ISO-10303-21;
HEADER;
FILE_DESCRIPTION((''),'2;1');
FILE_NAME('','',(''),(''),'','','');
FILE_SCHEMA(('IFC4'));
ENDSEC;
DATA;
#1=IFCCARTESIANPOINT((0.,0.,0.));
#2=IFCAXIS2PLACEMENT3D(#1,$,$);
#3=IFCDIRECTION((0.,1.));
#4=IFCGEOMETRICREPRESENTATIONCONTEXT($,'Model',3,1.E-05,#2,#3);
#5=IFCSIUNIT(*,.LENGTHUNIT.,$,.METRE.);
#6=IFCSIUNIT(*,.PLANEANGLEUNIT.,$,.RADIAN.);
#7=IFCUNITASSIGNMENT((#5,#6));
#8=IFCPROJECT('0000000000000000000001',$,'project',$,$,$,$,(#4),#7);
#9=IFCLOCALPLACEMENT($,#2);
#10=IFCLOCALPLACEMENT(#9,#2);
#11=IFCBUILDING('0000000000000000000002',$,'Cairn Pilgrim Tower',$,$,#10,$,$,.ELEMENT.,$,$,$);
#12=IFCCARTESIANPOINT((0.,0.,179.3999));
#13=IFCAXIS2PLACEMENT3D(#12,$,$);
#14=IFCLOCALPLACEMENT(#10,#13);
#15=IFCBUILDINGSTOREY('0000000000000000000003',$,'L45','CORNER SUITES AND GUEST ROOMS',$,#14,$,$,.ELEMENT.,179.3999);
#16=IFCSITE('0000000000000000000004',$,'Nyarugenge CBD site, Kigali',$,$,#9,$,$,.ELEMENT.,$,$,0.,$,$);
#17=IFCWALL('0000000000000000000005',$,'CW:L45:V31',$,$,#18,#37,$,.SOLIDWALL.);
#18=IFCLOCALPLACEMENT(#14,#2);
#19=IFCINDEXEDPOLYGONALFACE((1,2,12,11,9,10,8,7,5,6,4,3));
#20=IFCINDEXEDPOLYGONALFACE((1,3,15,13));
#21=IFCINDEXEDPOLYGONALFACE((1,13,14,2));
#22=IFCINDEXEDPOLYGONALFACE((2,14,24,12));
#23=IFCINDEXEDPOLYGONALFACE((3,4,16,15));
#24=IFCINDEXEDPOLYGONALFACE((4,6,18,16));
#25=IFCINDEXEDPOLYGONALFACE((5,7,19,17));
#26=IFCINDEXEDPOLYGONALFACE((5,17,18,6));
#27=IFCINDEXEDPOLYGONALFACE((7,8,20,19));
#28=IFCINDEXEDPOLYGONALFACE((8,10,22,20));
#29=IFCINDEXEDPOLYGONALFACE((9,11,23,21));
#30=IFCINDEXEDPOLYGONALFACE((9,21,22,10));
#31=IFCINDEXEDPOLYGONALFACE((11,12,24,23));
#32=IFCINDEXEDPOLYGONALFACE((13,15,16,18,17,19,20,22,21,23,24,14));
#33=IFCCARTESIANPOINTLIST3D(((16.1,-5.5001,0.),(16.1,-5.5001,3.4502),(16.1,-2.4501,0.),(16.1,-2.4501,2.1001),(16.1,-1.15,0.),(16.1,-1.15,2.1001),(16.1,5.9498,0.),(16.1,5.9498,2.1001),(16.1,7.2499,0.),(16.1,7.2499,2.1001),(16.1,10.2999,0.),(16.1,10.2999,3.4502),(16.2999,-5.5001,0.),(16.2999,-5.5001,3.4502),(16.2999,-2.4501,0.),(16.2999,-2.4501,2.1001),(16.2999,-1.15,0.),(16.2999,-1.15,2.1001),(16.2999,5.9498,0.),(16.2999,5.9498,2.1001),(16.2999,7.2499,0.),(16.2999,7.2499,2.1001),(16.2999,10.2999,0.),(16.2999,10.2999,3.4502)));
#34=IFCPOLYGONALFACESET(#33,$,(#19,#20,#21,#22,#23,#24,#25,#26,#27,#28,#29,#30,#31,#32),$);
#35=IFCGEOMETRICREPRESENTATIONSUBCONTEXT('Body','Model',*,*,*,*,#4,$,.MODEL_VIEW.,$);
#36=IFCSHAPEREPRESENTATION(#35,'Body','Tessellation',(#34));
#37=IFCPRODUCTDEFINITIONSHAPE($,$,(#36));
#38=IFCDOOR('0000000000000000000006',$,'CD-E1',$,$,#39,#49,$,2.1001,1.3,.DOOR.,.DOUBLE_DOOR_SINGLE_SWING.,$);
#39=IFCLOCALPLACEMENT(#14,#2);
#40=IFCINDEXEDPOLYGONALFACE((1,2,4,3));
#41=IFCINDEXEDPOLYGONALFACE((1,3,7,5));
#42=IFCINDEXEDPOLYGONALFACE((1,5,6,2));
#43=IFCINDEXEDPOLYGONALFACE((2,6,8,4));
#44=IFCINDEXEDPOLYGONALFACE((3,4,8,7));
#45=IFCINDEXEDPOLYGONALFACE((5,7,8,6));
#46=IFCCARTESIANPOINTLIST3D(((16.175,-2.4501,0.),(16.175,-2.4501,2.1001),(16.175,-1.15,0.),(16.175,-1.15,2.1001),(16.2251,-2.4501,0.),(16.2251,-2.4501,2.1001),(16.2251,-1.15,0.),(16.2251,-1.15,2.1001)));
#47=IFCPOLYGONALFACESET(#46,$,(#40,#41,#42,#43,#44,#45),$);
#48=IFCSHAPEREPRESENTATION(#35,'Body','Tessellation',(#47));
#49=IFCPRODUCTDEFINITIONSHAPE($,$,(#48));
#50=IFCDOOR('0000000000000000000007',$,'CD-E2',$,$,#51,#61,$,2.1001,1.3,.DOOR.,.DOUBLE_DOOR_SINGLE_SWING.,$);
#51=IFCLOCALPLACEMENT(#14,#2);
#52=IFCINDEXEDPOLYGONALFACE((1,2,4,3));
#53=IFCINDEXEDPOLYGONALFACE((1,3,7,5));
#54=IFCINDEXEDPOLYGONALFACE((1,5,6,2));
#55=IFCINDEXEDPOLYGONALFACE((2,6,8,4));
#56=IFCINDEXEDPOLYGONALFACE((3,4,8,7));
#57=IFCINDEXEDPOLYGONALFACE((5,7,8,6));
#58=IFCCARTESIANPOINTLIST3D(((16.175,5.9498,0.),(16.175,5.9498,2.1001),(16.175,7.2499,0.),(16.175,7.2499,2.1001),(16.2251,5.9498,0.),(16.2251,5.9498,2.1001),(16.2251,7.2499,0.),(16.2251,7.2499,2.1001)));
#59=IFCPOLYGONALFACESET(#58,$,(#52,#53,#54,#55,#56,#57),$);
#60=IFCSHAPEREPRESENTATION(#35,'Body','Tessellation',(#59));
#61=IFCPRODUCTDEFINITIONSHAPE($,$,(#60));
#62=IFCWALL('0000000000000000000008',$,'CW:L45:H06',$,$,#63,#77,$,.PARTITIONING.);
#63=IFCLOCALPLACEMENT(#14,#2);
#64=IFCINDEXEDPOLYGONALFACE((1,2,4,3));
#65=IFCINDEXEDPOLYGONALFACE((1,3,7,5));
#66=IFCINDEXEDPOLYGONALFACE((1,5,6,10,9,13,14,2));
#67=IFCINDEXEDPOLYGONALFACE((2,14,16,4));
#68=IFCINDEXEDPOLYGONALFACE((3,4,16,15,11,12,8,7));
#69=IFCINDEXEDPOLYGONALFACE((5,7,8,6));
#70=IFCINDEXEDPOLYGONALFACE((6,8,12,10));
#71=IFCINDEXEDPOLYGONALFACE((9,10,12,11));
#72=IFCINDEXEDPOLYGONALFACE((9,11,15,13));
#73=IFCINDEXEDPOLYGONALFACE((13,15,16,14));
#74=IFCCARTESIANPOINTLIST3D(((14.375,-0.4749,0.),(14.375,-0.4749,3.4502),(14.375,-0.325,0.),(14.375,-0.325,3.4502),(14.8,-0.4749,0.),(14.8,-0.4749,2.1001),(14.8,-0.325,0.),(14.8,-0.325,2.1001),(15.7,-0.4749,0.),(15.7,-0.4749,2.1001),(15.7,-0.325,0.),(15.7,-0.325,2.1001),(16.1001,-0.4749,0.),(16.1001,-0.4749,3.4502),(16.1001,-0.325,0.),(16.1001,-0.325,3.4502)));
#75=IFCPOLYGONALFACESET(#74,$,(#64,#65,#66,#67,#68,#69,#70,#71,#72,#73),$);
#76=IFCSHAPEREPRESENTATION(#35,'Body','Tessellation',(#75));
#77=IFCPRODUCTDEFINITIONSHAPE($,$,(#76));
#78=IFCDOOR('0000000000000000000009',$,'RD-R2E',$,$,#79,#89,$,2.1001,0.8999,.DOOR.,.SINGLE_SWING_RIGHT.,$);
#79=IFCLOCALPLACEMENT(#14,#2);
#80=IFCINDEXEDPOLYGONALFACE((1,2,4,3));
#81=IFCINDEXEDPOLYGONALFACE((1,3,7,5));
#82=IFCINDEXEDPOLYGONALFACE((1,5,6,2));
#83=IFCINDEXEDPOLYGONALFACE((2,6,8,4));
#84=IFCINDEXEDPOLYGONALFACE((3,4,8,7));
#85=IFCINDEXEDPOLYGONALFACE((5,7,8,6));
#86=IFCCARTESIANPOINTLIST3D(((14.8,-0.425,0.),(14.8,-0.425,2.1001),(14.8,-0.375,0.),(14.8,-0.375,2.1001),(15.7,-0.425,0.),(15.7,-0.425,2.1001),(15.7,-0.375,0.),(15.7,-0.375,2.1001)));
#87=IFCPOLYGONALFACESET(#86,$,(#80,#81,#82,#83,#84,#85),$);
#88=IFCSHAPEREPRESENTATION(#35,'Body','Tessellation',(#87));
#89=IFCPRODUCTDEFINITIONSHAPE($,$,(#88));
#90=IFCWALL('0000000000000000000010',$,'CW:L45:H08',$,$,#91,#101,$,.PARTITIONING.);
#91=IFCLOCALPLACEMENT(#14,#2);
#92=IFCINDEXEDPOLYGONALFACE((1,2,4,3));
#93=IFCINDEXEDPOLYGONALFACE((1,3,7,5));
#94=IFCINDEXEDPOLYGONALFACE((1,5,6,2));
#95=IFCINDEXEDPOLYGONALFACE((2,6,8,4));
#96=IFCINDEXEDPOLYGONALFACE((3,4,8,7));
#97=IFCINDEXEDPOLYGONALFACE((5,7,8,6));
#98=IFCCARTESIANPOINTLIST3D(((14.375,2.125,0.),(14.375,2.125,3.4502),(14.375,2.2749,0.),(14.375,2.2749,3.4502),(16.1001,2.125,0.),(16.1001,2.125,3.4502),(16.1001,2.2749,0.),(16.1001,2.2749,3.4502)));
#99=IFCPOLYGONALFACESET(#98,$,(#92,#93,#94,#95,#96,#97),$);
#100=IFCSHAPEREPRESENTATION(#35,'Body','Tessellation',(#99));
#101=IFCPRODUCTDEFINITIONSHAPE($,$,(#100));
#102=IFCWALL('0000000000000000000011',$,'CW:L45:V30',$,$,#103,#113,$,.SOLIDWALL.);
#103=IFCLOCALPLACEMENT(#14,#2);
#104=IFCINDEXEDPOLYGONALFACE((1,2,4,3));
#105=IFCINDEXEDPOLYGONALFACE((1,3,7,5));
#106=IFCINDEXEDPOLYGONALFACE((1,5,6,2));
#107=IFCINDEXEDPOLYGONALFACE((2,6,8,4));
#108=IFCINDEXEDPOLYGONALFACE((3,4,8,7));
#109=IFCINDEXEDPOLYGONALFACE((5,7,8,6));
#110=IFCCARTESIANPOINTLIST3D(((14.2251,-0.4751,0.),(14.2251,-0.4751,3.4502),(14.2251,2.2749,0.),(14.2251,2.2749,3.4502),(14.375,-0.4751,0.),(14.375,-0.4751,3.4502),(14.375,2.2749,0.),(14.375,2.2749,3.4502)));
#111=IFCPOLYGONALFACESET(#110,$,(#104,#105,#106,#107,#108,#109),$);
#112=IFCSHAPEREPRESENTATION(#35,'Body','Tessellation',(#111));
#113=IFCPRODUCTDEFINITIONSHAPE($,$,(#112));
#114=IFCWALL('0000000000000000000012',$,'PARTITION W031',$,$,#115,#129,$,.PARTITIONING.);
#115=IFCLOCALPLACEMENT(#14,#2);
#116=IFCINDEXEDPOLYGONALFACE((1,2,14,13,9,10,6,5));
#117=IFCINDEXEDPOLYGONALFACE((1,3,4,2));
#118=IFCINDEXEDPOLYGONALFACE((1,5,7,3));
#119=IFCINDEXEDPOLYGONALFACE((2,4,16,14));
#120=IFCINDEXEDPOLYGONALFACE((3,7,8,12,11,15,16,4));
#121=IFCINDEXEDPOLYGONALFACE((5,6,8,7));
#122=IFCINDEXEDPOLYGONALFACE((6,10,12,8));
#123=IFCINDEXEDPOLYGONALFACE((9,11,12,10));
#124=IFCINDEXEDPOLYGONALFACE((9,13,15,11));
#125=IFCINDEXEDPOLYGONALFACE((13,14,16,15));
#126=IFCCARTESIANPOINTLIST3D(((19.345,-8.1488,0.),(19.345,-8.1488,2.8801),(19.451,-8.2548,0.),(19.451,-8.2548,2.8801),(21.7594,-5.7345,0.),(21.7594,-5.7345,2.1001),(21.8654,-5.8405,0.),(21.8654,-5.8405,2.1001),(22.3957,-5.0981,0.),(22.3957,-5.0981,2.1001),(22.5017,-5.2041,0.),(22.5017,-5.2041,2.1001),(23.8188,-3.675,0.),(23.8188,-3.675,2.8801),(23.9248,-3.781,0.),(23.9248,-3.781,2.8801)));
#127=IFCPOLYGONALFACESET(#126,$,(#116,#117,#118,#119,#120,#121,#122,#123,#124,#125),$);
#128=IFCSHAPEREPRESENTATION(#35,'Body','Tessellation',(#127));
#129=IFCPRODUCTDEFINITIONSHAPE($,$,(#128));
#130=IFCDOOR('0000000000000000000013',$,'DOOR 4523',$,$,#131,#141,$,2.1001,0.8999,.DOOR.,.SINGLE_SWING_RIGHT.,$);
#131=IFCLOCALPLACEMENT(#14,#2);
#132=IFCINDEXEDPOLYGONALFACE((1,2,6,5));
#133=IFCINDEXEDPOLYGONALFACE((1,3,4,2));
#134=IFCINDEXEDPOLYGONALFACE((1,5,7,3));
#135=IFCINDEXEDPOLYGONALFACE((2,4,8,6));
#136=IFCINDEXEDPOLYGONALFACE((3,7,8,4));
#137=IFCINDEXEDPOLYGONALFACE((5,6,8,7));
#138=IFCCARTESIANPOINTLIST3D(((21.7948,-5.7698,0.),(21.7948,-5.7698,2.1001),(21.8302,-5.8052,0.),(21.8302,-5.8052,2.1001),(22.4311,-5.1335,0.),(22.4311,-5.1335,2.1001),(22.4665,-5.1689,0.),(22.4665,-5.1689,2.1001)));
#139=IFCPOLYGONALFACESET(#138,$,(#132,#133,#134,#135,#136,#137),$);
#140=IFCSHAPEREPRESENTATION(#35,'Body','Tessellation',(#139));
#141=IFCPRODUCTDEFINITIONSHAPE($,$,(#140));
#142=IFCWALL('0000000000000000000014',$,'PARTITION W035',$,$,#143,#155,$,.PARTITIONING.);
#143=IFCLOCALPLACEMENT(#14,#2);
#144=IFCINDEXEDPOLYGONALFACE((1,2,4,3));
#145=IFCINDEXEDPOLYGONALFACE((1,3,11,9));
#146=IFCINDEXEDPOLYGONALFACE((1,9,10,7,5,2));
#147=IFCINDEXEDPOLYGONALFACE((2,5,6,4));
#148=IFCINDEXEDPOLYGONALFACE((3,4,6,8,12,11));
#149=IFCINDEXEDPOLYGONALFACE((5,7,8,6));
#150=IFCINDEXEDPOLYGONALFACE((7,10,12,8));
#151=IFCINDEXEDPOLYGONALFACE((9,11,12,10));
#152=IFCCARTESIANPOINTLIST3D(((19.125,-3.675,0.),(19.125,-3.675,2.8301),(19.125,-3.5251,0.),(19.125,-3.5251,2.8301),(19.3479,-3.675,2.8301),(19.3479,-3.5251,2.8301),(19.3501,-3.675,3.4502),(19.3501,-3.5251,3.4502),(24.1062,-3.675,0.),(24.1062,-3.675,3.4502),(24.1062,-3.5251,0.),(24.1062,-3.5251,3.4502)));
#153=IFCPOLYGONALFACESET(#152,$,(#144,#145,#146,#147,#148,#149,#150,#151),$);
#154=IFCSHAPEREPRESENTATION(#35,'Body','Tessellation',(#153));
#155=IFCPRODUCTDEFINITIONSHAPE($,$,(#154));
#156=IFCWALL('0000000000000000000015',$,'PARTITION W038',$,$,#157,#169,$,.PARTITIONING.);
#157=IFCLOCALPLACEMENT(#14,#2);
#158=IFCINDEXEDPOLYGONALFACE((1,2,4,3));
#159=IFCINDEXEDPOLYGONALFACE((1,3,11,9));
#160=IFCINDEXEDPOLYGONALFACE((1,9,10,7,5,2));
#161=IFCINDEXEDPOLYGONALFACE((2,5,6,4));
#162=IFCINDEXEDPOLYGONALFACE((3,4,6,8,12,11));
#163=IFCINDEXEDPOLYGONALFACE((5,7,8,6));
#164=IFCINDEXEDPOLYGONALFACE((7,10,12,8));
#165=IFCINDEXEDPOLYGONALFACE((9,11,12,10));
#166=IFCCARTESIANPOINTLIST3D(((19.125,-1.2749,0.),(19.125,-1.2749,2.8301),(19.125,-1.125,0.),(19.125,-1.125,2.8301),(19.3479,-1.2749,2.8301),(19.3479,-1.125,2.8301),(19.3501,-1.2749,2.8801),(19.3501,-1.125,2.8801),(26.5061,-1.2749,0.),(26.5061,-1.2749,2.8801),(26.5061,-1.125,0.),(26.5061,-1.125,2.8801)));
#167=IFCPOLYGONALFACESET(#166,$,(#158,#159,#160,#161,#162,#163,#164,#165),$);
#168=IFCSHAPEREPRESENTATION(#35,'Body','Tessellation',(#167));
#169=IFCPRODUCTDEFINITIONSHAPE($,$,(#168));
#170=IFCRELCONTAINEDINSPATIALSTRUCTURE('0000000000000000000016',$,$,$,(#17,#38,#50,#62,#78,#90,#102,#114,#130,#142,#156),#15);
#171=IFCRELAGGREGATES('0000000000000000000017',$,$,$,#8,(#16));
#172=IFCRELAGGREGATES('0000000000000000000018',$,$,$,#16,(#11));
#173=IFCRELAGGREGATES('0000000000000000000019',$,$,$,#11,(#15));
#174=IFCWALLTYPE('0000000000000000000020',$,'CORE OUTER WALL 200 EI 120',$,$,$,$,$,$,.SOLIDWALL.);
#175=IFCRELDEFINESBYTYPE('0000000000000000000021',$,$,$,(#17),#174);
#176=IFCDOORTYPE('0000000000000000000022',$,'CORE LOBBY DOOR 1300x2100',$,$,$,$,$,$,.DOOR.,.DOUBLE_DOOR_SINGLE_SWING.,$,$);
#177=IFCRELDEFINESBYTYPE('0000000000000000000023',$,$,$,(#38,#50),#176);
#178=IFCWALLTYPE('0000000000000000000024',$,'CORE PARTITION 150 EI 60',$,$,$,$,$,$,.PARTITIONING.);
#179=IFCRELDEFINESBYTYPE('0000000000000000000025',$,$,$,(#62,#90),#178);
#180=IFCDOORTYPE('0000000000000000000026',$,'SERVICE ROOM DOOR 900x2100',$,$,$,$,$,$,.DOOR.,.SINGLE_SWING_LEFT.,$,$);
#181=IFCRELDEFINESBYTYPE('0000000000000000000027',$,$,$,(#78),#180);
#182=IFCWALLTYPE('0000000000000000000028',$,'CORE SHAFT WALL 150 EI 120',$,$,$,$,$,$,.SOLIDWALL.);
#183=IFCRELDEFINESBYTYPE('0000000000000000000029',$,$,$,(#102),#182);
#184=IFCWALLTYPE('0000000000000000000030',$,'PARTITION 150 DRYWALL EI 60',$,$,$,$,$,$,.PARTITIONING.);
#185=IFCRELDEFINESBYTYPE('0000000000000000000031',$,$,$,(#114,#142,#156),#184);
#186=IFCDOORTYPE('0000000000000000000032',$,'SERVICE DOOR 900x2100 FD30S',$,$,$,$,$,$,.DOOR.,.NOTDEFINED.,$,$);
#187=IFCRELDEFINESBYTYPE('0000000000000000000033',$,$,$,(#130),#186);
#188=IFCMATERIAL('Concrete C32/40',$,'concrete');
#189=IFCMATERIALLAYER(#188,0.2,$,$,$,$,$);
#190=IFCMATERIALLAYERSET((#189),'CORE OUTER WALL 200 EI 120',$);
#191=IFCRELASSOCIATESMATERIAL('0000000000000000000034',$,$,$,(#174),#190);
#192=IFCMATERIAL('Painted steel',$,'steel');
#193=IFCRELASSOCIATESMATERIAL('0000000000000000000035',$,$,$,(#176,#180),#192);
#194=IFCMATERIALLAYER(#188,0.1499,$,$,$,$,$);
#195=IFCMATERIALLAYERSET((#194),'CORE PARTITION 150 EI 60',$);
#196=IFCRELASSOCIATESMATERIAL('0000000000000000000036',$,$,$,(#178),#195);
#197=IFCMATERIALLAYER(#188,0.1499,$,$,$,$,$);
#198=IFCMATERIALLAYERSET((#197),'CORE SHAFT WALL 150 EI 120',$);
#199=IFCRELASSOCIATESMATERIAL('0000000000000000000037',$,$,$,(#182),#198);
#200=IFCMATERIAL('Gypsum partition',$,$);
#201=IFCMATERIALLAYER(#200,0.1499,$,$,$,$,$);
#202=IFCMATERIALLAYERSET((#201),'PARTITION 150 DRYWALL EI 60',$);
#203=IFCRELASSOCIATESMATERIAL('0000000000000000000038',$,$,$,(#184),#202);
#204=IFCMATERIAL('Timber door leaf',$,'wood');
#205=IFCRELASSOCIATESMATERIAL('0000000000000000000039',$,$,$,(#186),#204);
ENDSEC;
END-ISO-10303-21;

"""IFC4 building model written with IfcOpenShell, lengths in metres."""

from ifc_helpers import new_model, si_unit, direction, frame, frame_2d, origin, place, context, subcontext, project, spatial, polyline, rectangle, outline, extrude, material, layer, layer_set, type_object, element, fill, save


model = new_model("IFC4")

# Units and contexts
model_context = context("Model", 3, precision=1e-05, world=origin(), true_north=direction((0.0, 1.0)))
body_context = subcontext(model_context, "Body", "Model", "MODEL_VIEW")
ifc_project = project(units=[si_unit("LENGTHUNIT", "METRE"), si_unit("PLANEANGLEUNIT", "RADIAN")], contexts=[model_context])

# Site, building, storey
site_placement = place(None, origin())
site = spatial("IfcSite", under=ifc_project, at=site_placement, Name="Nyarugenge CBD site, Kigali", CompositionType="ELEMENT", RefElevation=0.0)
building_placement = place(site_placement, origin())
building = spatial("IfcBuilding", under=site, at=building_placement, Name="Cairn Pilgrim Tower", CompositionType="ELEMENT")
storey_placement = place(building_placement, frame((0.0, 0.0, 179.3999)))
storey = spatial("IfcBuildingStorey", under=building, at=storey_placement, Name="L45", Description="CORNER SUITES AND GUEST ROOMS", CompositionType="ELEMENT", Elevation=179.3999)

# Wall, openings, doors
ifc_material_1 = material(Name="Concrete C32/40", Category="concrete")
ifc_layer_1 = layer(ifc_material_1, 0.2)
ifc_layer_set_1 = layer_set([ifc_layer_1], Name="CORE OUTER WALL 200 EI 120")
wall_type_1 = type_object("IfcWallType", Name="CORE OUTER WALL 200 EI 120", PredefinedType="SOLIDWALL", material=ifc_layer_set_1)
wall_1_placement = place(storey_placement, frame((16.2, -5.5, 0.0), z_axis=(0.0, 0.0, 1.0), x_axis=(0.0, 1.0, 0.0)))
wall_1 = element("IfcWall", 1, at=wall_1_placement, inside=storey, type_object=wall_type_1, Name="CW:L45:V31", PredefinedType="SOLIDWALL", context=body_context, shape_type="SweptSolid", body=[
    extrude(rectangle(XDim=15.8, YDim=0.2, at=frame_2d((7.8999, 0.0))), origin(), (0.0, 0.0, 1.0), 3.4502),
])
opening_1_placement = place(wall_1_placement, frame((3.05, 0.0, 0.0)))
opening_1 = element("IfcOpeningElement", 2, at=opening_1_placement, cuts=wall_1, PredefinedType="OPENING", context=body_context, shape_type="SweptSolid", body=[
    extrude(rectangle(XDim=1.3, YDim=2.1001, at=frame_2d((0.6499, 1.05))), frame((0.0, 0.1099, 0.0), z_axis=(0.0, -1.0, 0.0), x_axis=(1.0, 0.0, 0.0)), (0.0, 0.0, 1.0), 0.22),
])
opening_2_placement = place(wall_1_placement, frame((11.45, 0.0, 0.0)))
opening_2 = element("IfcOpeningElement", 3, at=opening_2_placement, cuts=wall_1, PredefinedType="OPENING", context=body_context, shape_type="SweptSolid", body=[
    extrude(rectangle(XDim=1.3, YDim=2.1001, at=frame_2d((0.6499, 1.05))), frame((0.0, 0.1099, 0.0), z_axis=(0.0, -1.0, 0.0), x_axis=(1.0, 0.0, 0.0)), (0.0, 0.0, 1.0), 0.22),
])
ifc_material_2 = material(Name="Painted steel", Category="steel")
door_type_1 = type_object("IfcDoorType", Name="CORE LOBBY DOOR 1300x2100", OperationType="DOUBLE_DOOR_SINGLE_SWING", PredefinedType="DOOR", material=ifc_material_2)
door_1_placement = place(opening_1_placement, origin())
door_1 = element("IfcDoor", 4, at=door_1_placement, inside=storey, type_object=door_type_1, Name="CD-E1", OperationType="DOUBLE_DOOR_SINGLE_SWING", OverallHeight=2.1001, OverallWidth=1.3, PredefinedType="DOOR", context=body_context, shape_type="SweptSolid", body=[
    extrude(rectangle(XDim=1.3, YDim=2.1001, at=frame_2d((0.6499, 1.05))), frame((0.0, 0.0249, 0.0), z_axis=(0.0, -1.0, 0.0), x_axis=(1.0, 0.0, 0.0)), (0.0, 0.0, 1.0), 0.05),
])
fill(opening_1, door_1)
door_2_placement = place(opening_2_placement, origin())
door_2 = element("IfcDoor", 5, at=door_2_placement, inside=storey, type_object=door_type_1, Name="CD-E2", OperationType="DOUBLE_DOOR_SINGLE_SWING", OverallHeight=2.1001, OverallWidth=1.3, PredefinedType="DOOR", context=body_context, shape_type="SweptSolid", body=[
    extrude(rectangle(XDim=1.3, YDim=2.1001, at=frame_2d((0.6499, 1.05))), frame((0.0, 0.0249, 0.0), z_axis=(0.0, -1.0, 0.0), x_axis=(1.0, 0.0, 0.0)), (0.0, 0.0, 1.0), 0.05),
])
fill(opening_2, door_2)

# Wall, opening, door
ifc_layer_2 = layer(ifc_material_1, 0.1499)
ifc_layer_set_2 = layer_set([ifc_layer_2], Name="CORE PARTITION 150 EI 60")
wall_type_2 = type_object("IfcWallType", Name="CORE PARTITION 150 EI 60", PredefinedType="PARTITIONING", material=ifc_layer_set_2)
wall_2_placement = place(storey_placement, frame((14.375, -0.3999, 0.0), z_axis=(0.0, 0.0, 1.0), x_axis=(1.0, 0.0, 0.0)))
wall_2 = element("IfcWall", 6, at=wall_2_placement, inside=storey, type_object=wall_type_2, Name="CW:L45:H06", PredefinedType="PARTITIONING", context=body_context, shape_type="SweptSolid", body=[
    extrude(rectangle(XDim=1.7251, YDim=0.1499, at=frame_2d((0.8625, 0.0))), origin(), (0.0, 0.0, 1.0), 3.4502),
])
opening_3_placement = place(wall_2_placement, frame((0.425, 0.0, 0.0)))
opening_3 = element("IfcOpeningElement", 7, at=opening_3_placement, cuts=wall_2, PredefinedType="OPENING", context=body_context, shape_type="SweptSolid", body=[
    extrude(rectangle(XDim=0.8999, YDim=2.1001, at=frame_2d((0.45, 1.05))), frame((0.0, 0.085, 0.0), z_axis=(0.0, -1.0, 0.0), x_axis=(1.0, 0.0, 0.0)), (0.0, 0.0, 1.0), 0.1699),
])
door_type_2 = type_object("IfcDoorType", Name="SERVICE ROOM DOOR 900x2100", OperationType="SINGLE_SWING_LEFT", PredefinedType="DOOR", material=ifc_material_2)
door_3_placement = place(opening_3_placement, origin())
door_3 = element("IfcDoor", 8, at=door_3_placement, inside=storey, type_object=door_type_2, Name="RD-R2E", OperationType="SINGLE_SWING_RIGHT", OverallHeight=2.1001, OverallWidth=0.8999, PredefinedType="DOOR", context=body_context, shape_type="SweptSolid", body=[
    extrude(rectangle(XDim=0.8999, YDim=2.1001, at=frame_2d((0.45, 1.05))), frame((0.0, 0.0249, 0.0), z_axis=(0.0, -1.0, 0.0), x_axis=(1.0, 0.0, 0.0)), (0.0, 0.0, 1.0), 0.05),
])
fill(opening_3, door_3)

# Walls
wall_3_placement = place(storey_placement, frame((14.375, 2.2, 0.0), z_axis=(0.0, 0.0, 1.0), x_axis=(1.0, 0.0, 0.0)))
element("IfcWall", 9, at=wall_3_placement, inside=storey, type_object=wall_type_2, Name="CW:L45:H08", PredefinedType="PARTITIONING", context=body_context, shape_type="SweptSolid", body=[
    extrude(rectangle(XDim=1.7251, YDim=0.1499, at=frame_2d((0.8625, 0.0))), origin(), (0.0, 0.0, 1.0), 3.4502),
])
ifc_layer_3 = layer(ifc_material_1, 0.1499)
ifc_layer_set_3 = layer_set([ifc_layer_3], Name="CORE SHAFT WALL 150 EI 120")
wall_type_3 = type_object("IfcWallType", Name="CORE SHAFT WALL 150 EI 120", PredefinedType="SOLIDWALL", material=ifc_layer_set_3)
wall_4_placement = place(storey_placement, frame((14.3, -0.4751, 0.0), z_axis=(0.0, 0.0, 1.0), x_axis=(0.0, 1.0, 0.0)))
element("IfcWall", 10, at=wall_4_placement, inside=storey, type_object=wall_type_3, Name="CW:L45:V30", PredefinedType="SOLIDWALL", context=body_context, shape_type="SweptSolid", body=[
    extrude(rectangle(XDim=2.75, YDim=0.1499, at=frame_2d((1.375, 0.0))), origin(), (0.0, 0.0, 1.0), 3.4502),
])

# Wall, opening, door
ifc_material_3 = material(Name="Gypsum partition")
ifc_layer_4 = layer(ifc_material_3, 0.1499)
ifc_layer_set_4 = layer_set([ifc_layer_4], Name="PARTITION 150 DRYWALL EI 60")
wall_type_4 = type_object("IfcWallType", Name="PARTITION 150 DRYWALL EI 60", PredefinedType="PARTITIONING", material=ifc_layer_set_4)
wall_5_placement = place(storey_placement, frame((19.3979, -8.2019, 0.0), z_axis=(0.0, 0.0, 1.0), x_axis=(0.707107, 0.707107, 0.0)))
wall_5 = element("IfcWall", 11, at=wall_5_placement, inside=storey, type_object=wall_type_4, Name="PARTITION W031", PredefinedType="PARTITIONING", context=body_context, shape_type="SweptSolid", body=[
    extrude(rectangle(XDim=6.3269, YDim=0.1499, at=frame_2d((3.1636, 0.0))), origin(), (0.0, 0.0, 1.0), 2.8801),
])
opening_4_placement = place(wall_5_placement, frame((3.4146, 0.0, 0.0)))
opening_4 = element("IfcOpeningElement", 12, at=opening_4_placement, cuts=wall_5, PredefinedType="OPENING", context=body_context, shape_type="SweptSolid", body=[
    extrude(rectangle(XDim=0.8999, YDim=2.1001, at=frame_2d((0.45, 1.05))), frame((0.0, 0.085, 0.0), z_axis=(0.0, -1.0, 0.0), x_axis=(1.0, 0.0, 0.0)), (0.0, 0.0, 1.0), 0.1699),
])
ifc_material_4 = material(Name="Timber door leaf", Category="wood")
door_type_3 = type_object("IfcDoorType", Name="SERVICE DOOR 900x2100 FD30S", OperationType="NOTDEFINED", PredefinedType="DOOR", material=ifc_material_4)
door_4_placement = place(opening_4_placement, origin())
door_4 = element("IfcDoor", 13, at=door_4_placement, inside=storey, type_object=door_type_3, Name="DOOR 4523", OperationType="SINGLE_SWING_RIGHT", OverallHeight=2.1001, OverallWidth=0.8999, PredefinedType="DOOR", context=body_context, shape_type="SweptSolid", body=[
    extrude(rectangle(XDim=0.8999, YDim=2.1001, at=frame_2d((0.45, 1.05))), frame((0.0, 0.0249, 0.0), z_axis=(0.0, -1.0, 0.0), x_axis=(1.0, 0.0, 0.0)), (0.0, 0.0, 1.0), 0.05),
])
fill(opening_4, door_4)

# Walls
wall_6_placement = place(storey_placement, frame((19.125, -3.6001, 0.0), z_axis=(0.0, 0.0, 1.0), x_axis=(1.0, 0.0, 0.0)))
element("IfcWall", 14, at=wall_6_placement, inside=storey, type_object=wall_type_4, Name="PARTITION W035", PredefinedType="PARTITIONING", context=body_context, shape_type="SweptSolid", body=[
    extrude(outline(polyline([(0.0, 0.0), (4.9812, 0.0), (4.9812, 3.4502), (0.2251, 3.4502), (0.2229, 2.8301), (0.0, 2.8301), (0.0, 0.0)])), frame((0.0, 0.075, 0.0), z_axis=(0.0, -1.0, 0.0), x_axis=(1.0, 0.0, 0.0)), (0.0, 0.0, 1.0), 0.1499),
])
wall_7_placement = place(storey_placement, frame((19.125, -1.2, 0.0), z_axis=(0.0, 0.0, 1.0), x_axis=(1.0, 0.0, 0.0)))
element("IfcWall", 15, at=wall_7_placement, inside=storey, type_object=wall_type_4, Name="PARTITION W038", PredefinedType="PARTITIONING", context=body_context, shape_type="SweptSolid", body=[
    extrude(outline(polyline([(0.0, 0.0), (7.3811, 0.0), (7.3811, 2.8801), (0.2251, 2.8801), (0.2229, 2.8301), (0.0, 2.8301), (0.0, 0.0)])), frame((0.0, 0.075, 0.0), z_axis=(0.0, -1.0, 0.0), x_axis=(1.0, 0.0, 0.0)), (0.0, 0.0, 1.0), 0.1499),
])

save(model, "model.ifc")
